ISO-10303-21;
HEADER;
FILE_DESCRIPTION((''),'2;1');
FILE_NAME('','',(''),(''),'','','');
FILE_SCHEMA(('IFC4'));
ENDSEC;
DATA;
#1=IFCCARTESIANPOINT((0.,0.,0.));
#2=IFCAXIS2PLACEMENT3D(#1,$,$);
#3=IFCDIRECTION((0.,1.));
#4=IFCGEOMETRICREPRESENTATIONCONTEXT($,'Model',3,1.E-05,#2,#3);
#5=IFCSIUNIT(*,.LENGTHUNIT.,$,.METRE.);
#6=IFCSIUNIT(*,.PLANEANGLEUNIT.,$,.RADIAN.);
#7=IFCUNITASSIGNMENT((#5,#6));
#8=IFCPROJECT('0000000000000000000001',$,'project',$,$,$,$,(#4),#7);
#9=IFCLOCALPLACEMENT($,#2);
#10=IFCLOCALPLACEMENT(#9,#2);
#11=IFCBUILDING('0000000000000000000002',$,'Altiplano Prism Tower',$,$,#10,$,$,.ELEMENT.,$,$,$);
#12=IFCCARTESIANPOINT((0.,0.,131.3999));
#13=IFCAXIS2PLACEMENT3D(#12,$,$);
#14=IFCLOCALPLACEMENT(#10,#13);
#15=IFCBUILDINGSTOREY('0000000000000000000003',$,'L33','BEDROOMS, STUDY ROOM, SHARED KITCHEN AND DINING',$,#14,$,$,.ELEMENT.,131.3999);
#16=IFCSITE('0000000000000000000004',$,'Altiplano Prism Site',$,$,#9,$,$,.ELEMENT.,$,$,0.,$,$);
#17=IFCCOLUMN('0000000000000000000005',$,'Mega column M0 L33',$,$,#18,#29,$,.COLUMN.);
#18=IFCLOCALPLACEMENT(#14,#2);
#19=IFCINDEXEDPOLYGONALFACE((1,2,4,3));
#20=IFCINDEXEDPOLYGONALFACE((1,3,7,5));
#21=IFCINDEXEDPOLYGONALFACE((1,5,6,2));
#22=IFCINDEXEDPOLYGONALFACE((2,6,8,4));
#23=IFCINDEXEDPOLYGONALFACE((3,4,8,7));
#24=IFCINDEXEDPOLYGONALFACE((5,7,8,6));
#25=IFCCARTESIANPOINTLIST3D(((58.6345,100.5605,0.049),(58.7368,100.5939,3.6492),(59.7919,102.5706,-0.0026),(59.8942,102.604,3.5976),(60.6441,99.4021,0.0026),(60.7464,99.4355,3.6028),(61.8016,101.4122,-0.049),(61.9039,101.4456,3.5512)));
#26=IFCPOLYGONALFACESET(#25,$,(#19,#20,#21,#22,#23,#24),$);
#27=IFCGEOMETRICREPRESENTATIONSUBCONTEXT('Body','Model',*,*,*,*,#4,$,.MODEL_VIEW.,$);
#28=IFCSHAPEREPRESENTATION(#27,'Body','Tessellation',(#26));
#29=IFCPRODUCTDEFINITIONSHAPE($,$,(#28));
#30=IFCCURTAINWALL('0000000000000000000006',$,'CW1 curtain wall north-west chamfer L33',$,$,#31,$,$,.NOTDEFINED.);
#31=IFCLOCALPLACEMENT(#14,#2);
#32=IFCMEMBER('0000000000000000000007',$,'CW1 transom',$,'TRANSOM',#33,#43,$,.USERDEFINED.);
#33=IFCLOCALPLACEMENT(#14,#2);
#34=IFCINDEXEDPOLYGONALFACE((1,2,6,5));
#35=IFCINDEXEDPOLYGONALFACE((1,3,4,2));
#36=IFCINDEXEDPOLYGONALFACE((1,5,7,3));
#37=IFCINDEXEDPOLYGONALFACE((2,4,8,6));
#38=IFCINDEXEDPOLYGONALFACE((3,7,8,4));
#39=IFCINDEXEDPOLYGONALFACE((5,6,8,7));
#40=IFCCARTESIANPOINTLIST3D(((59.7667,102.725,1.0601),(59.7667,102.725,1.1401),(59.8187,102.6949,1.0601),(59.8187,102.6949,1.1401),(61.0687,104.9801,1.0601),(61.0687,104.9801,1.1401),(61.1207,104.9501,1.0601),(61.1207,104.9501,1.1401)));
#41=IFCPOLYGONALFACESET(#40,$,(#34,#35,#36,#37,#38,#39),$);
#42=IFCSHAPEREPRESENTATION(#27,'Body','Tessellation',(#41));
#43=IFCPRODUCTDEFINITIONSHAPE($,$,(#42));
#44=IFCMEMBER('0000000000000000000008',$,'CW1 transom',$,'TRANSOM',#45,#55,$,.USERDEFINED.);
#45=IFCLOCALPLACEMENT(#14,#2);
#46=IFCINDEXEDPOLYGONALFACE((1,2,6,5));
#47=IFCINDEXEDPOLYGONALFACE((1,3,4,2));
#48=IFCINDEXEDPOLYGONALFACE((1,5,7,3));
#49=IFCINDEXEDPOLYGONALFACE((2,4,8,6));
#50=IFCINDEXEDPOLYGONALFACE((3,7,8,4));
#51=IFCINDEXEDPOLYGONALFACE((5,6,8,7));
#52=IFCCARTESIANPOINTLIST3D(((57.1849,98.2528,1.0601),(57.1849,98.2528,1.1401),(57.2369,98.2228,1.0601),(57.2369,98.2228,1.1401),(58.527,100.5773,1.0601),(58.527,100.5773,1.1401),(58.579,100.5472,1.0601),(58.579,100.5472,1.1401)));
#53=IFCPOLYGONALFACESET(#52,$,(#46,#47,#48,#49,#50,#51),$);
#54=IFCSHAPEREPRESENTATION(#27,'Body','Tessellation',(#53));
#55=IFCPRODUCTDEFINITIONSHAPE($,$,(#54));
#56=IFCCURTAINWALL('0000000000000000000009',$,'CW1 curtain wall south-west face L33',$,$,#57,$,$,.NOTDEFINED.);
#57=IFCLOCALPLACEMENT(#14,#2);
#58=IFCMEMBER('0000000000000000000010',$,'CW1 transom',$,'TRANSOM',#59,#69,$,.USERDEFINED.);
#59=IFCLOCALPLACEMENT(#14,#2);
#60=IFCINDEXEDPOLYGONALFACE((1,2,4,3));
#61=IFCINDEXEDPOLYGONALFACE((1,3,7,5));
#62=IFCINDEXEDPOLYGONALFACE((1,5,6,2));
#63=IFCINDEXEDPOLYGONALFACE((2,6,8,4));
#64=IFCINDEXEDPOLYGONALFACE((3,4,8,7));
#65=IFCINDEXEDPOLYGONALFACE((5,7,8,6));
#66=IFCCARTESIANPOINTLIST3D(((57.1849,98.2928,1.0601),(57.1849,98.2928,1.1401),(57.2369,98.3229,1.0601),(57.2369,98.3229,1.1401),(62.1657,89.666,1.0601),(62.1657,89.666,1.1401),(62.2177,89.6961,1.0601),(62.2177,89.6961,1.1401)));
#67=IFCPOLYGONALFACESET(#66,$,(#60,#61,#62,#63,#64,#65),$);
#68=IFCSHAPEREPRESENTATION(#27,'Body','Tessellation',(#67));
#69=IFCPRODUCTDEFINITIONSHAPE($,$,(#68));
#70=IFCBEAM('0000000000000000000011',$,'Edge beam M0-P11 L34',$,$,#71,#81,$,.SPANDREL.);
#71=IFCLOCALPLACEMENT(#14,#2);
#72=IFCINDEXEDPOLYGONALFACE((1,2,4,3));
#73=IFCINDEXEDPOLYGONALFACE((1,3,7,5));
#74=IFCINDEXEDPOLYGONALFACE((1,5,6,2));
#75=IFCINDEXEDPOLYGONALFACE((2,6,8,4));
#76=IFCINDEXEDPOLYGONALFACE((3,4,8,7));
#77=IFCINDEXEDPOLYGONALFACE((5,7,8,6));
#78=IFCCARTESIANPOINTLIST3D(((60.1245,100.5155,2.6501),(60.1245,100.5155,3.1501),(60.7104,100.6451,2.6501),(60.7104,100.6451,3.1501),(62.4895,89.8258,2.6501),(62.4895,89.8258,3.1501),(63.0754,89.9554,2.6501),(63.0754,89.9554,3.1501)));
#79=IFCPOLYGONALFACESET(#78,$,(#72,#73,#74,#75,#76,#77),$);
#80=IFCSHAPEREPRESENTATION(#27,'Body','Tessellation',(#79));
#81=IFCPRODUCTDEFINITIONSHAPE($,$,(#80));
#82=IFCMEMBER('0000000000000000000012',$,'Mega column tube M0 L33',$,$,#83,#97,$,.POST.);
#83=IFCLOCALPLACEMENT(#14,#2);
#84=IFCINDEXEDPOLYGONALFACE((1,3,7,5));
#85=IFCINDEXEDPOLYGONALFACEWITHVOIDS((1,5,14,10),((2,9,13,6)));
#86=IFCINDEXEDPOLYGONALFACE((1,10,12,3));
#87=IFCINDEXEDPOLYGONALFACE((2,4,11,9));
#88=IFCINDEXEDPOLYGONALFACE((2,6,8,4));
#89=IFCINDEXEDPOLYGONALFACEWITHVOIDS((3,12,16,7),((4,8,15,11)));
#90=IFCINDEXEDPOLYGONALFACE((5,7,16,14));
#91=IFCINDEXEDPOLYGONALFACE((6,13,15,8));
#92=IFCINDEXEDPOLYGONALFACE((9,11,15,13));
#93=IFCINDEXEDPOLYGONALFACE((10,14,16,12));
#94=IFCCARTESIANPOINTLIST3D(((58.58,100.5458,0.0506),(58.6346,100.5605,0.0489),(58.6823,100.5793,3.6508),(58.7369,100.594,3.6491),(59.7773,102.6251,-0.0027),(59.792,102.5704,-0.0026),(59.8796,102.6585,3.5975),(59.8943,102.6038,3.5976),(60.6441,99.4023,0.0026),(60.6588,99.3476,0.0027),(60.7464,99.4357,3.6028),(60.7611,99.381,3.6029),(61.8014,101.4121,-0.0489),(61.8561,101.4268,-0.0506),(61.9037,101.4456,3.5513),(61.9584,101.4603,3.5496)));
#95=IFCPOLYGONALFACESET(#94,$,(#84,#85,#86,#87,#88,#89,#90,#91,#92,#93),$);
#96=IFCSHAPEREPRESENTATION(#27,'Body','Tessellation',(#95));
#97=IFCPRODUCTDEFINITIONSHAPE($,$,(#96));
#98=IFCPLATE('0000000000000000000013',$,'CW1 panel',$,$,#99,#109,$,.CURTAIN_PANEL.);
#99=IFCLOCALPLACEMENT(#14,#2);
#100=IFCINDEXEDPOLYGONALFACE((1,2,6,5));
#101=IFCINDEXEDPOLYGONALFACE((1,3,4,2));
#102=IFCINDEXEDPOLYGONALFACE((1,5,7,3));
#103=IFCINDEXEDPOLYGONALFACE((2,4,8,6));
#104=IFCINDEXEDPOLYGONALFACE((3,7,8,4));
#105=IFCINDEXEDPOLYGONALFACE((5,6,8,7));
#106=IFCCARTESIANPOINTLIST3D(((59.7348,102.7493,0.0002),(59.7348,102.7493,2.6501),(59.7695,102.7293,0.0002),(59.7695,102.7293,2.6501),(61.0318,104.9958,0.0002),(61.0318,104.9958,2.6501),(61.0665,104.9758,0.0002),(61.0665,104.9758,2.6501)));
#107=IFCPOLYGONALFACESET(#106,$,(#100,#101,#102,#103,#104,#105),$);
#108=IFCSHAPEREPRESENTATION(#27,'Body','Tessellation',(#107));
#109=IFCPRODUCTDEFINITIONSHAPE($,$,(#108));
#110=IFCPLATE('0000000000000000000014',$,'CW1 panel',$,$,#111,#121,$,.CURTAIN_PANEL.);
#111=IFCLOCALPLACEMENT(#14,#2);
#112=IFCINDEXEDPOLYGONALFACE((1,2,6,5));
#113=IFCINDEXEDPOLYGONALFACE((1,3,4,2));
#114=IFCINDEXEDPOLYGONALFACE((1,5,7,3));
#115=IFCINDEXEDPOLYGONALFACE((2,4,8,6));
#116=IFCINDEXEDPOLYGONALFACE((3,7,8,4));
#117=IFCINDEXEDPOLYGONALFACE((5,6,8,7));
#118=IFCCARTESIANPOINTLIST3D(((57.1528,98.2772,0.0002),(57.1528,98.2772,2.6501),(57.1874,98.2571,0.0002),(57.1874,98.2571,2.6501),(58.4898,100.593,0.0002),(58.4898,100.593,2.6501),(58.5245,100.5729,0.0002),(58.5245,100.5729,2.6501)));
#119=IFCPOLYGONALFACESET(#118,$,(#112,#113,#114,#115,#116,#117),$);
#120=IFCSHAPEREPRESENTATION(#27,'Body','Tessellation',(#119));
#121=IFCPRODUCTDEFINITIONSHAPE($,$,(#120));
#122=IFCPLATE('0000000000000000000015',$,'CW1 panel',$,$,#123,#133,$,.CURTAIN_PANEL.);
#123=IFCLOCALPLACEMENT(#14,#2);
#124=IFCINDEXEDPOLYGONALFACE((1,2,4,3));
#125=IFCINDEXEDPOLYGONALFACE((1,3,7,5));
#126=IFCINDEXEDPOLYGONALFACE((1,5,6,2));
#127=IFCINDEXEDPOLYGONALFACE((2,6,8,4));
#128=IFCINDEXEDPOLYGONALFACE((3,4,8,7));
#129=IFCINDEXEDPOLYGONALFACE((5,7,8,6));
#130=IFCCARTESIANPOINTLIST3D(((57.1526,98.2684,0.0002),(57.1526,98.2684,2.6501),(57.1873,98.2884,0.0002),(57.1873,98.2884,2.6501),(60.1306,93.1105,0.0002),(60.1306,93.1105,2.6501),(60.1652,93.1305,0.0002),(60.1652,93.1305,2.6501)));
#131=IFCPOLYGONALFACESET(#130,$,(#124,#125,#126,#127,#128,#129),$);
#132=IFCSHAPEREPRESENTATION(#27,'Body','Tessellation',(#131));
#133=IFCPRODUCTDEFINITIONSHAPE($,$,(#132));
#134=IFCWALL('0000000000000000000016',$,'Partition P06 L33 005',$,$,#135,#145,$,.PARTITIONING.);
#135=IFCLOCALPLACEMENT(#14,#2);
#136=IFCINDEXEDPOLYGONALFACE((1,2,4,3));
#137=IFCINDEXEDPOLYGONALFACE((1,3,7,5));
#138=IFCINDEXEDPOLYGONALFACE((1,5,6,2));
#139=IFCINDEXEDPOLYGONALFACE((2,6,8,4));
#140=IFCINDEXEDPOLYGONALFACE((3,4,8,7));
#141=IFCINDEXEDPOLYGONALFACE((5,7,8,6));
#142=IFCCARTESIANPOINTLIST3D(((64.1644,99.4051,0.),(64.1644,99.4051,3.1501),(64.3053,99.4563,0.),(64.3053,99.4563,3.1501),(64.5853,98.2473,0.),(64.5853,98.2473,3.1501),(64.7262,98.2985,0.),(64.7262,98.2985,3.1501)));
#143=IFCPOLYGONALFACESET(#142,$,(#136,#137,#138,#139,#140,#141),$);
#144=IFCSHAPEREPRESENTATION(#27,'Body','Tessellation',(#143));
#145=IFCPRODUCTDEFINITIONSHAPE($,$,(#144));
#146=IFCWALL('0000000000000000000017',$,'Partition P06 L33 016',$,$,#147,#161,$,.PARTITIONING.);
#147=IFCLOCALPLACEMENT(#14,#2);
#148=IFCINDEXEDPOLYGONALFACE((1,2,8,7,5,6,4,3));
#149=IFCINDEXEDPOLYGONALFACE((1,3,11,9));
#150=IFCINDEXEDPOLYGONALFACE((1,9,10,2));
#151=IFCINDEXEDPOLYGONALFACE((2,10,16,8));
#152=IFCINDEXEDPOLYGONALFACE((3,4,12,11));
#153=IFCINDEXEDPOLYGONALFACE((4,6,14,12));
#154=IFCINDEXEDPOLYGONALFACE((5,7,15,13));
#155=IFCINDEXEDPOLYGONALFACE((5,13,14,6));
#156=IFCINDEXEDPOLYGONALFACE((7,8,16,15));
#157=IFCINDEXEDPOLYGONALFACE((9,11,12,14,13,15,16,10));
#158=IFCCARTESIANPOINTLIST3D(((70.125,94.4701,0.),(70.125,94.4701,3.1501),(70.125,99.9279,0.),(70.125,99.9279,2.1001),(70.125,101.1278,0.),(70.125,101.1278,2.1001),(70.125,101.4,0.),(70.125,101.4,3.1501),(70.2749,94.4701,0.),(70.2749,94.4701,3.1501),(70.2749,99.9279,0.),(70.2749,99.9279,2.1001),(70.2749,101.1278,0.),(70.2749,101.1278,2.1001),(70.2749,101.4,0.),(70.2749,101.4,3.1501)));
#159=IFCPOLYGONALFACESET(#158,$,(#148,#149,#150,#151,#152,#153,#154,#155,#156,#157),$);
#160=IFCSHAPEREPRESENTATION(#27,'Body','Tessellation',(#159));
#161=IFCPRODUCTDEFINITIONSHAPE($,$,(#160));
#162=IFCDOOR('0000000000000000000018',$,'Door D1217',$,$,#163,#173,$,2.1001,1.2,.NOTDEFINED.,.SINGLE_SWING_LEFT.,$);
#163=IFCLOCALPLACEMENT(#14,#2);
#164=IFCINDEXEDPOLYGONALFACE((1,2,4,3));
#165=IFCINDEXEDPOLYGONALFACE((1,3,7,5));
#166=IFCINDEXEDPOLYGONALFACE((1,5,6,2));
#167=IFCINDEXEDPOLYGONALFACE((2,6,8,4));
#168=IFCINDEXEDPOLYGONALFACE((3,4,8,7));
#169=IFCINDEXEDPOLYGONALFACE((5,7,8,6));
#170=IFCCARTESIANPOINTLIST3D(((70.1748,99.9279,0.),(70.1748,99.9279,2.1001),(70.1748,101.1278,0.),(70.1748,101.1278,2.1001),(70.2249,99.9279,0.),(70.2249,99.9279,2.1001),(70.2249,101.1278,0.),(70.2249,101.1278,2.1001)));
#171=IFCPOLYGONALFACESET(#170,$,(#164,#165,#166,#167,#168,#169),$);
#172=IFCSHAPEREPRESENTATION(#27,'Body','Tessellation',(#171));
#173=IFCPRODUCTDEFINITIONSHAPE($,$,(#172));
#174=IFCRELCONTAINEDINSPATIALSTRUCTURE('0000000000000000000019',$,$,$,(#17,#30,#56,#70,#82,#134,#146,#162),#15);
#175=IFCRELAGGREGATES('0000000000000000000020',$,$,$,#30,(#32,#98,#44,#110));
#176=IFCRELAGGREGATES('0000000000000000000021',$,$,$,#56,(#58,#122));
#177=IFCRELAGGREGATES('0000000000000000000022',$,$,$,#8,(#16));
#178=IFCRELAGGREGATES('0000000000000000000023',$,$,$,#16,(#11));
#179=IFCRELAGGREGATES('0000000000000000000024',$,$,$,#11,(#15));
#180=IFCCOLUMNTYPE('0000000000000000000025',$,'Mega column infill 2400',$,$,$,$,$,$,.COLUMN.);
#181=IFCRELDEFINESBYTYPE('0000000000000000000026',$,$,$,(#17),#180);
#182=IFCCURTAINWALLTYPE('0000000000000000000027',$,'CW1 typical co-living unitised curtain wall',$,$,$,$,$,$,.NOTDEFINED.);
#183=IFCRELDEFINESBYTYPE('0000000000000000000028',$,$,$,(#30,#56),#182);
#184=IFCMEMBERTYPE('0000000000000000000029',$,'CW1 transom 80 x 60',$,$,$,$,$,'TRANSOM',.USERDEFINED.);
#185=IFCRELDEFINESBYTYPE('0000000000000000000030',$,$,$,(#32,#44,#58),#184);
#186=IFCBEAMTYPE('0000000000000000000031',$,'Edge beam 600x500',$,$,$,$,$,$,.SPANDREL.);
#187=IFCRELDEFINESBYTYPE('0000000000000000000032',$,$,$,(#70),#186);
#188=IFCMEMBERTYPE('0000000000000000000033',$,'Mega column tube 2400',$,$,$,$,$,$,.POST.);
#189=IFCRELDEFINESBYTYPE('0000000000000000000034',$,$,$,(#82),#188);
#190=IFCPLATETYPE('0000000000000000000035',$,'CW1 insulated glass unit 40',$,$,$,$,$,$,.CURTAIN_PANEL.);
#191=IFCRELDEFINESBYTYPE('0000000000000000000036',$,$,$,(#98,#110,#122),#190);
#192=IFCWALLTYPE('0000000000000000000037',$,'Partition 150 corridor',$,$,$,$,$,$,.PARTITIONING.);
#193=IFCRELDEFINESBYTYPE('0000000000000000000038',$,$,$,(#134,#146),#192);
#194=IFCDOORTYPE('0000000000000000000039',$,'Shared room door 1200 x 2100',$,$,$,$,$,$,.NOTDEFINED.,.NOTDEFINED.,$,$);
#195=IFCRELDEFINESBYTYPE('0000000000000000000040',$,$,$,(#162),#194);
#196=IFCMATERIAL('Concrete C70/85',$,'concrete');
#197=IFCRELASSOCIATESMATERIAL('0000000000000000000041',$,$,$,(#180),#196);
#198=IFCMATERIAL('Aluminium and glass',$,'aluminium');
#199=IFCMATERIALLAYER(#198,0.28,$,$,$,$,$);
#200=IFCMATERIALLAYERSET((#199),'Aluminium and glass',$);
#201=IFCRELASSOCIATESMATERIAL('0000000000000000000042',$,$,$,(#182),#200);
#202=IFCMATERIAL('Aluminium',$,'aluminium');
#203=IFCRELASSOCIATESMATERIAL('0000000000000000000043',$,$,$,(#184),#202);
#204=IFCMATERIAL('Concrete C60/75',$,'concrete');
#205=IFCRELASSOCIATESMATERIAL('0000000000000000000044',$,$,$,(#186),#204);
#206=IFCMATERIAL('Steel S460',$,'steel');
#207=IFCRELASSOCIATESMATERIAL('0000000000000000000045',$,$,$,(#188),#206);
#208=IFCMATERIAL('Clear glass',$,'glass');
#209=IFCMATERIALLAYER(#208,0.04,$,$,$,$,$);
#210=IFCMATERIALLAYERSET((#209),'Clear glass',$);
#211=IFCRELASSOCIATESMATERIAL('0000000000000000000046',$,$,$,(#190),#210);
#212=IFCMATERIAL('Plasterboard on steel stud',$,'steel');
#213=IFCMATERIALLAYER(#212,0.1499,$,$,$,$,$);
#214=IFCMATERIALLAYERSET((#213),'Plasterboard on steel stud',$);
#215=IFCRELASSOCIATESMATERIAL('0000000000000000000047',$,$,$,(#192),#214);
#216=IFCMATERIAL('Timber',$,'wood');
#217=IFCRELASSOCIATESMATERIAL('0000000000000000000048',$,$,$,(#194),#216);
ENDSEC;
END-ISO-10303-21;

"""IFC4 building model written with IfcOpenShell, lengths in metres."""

from ifc_helpers import new_model, si_unit, direction, frame, frame_2d, origin, origin_2d, place, context, subcontext, project, spatial, rectangle, hollow_rectangle, extrude, material, layer, layer_set, material_profile, profile_set, type_object, element, fill, aggregate, save


model = new_model("IFC4")

# Units and contexts
model_context = context("Model", 3, precision=1e-05, world=origin(), true_north=direction((0.0, 1.0)))
body_context = subcontext(model_context, "Body", "Model", "MODEL_VIEW")
ifc_project = project(units=[si_unit("LENGTHUNIT", "METRE"), si_unit("PLANEANGLEUNIT", "RADIAN")], contexts=[model_context])

# Site, building, storey
site_placement = place(None, origin())
site = spatial("IfcSite", under=ifc_project, at=site_placement, Name="Altiplano Prism Site", CompositionType="ELEMENT", RefElevation=0.0)
building_placement = place(site_placement, origin())
building = spatial("IfcBuilding", under=site, at=building_placement, Name="Altiplano Prism Tower", CompositionType="ELEMENT")
storey_placement = place(building_placement, frame((0.0, 0.0, 131.3999)))
storey = spatial("IfcBuildingStorey", under=building, at=storey_placement, Name="L33", Description="BEDROOMS, STUDY ROOM, SHARED KITCHEN AND DINING", CompositionType="ELEMENT", Elevation=131.3999)

# Column
ifc_material_1 = material(Name="Concrete C70/85", Category="concrete")
ifc_material_profile_1 = material_profile(ifc_material_1, rectangle(XDim=2.3201, YDim=2.3201, at=origin_2d()), Name="Mega column infill 2400")
ifc_profile_set_1 = profile_set([ifc_material_profile_1], Name="Concrete C70/85")
column_type = type_object("IfcColumnType", Name="Mega column infill 2400", PredefinedType="COLUMN", material=ifc_profile_set_1)
column_placement = place(storey_placement, frame((60.218, 100.9863, 0.0), z_axis=(0.028402, 0.009287, 0.999553), x_axis=(-0.866202, 0.499295, 0.019974)))
element("IfcColumn", 1, at=column_placement, inside=storey, type_object=column_type, Name="Mega column M0 L33", PredefinedType="COLUMN", context=body_context, shape_type="SweptSolid", body=[
    extrude(rectangle(XDim=2.3201, YDim=2.3201, at=origin_2d()), origin(), (0.0, 0.0, 1.0), 3.6018),
])

# Curtain wall, members
ifc_material_2 = material(Name="Aluminium and glass", Category="aluminium")
ifc_layer_1 = layer(ifc_material_2, 0.28)
ifc_layer_set_1 = layer_set([ifc_layer_1], Name="Aluminium and glass")
curtain_wall_type = type_object("IfcCurtainWallType", Name="CW1 typical co-living unitised curtain wall", PredefinedType="NOTDEFINED", material=ifc_layer_set_1)
curtain_wall_1_placement = place(storey_placement, origin())
curtain_wall_1 = element("IfcCurtainWall", 2, at=curtain_wall_1_placement, inside=storey, type_object=curtain_wall_type, Name="CW1 curtain wall north-west chamfer L33", PredefinedType="NOTDEFINED")
ifc_material_3 = material(Name="Aluminium", Category="aluminium")
ifc_material_profile_2 = material_profile(ifc_material_3, rectangle(XDim=0.0601, YDim=0.0801, at=origin_2d()), Name="CW1 transom 80 x 60")
ifc_profile_set_2 = profile_set([ifc_material_profile_2], Name="Aluminium")
member_type_1 = type_object("IfcMemberType", Name="CW1 transom 80 x 60", ElementType="TRANSOM", PredefinedType="USERDEFINED", material=ifc_profile_set_2)
member_1_placement = place(storey_placement, frame((61.0947, 104.9651, 1.1001), z_axis=(-0.500001, -0.866025, 0.0), x_axis=(0.866025, -0.500001, 0.0)))
member_1 = element("IfcMember", 3, at=member_1_placement, type_object=member_type_1, Name="CW1 transom", ObjectType="TRANSOM", PredefinedType="USERDEFINED", context=body_context, shape_type="SweptSolid", body=[
    extrude(rectangle(XDim=0.0601, YDim=0.0801, at=origin_2d()), origin(), (0.0, 0.0, 1.0), 2.604),
])
member_2_placement = place(storey_placement, frame((58.553, 100.5623, 1.1001), z_axis=(-0.500003, -0.866024, 0.0), x_axis=(0.866024, -0.500003, 0.0)))
member_2 = element("IfcMember", 4, at=member_2_placement, type_object=member_type_1, Name="CW1 transom", ObjectType="TRANSOM", PredefinedType="USERDEFINED", context=body_context, shape_type="SweptSolid", body=[
    extrude(rectangle(XDim=0.0601, YDim=0.0801, at=origin_2d()), origin(), (0.0, 0.0, 1.0), 2.6841),
])

# Curtain wall, member
curtain_wall_2_placement = place(storey_placement, origin())
curtain_wall_2 = element("IfcCurtainWall", 5, at=curtain_wall_2_placement, inside=storey, type_object=curtain_wall_type, Name="CW1 curtain wall south-west face L33", PredefinedType="NOTDEFINED")
member_3_placement = place(storey_placement, frame((57.2109, 98.3079, 1.1001), z_axis=(0.500006, -0.866022, 0.0), x_axis=(0.866022, 0.500006, 0.0)))
member_3 = element("IfcMember", 6, at=member_3_placement, type_object=member_type_1, Name="CW1 transom", ObjectType="TRANSOM", PredefinedType="USERDEFINED", context=body_context, shape_type="SweptSolid", body=[
    extrude(rectangle(XDim=0.0601, YDim=0.0801, at=origin_2d()), origin(), (0.0, 0.0, 1.0), 9.9614),
])

# Beam
ifc_material_4 = material(Name="Concrete C60/75", Category="concrete")
ifc_material_profile_3 = material_profile(ifc_material_4, rectangle(XDim=0.6001, YDim=0.5, at=origin_2d()), Name="Edge beam 600x500")
ifc_profile_set_3 = profile_set([ifc_material_profile_3], Name="Concrete C60/75")
beam_type = type_object("IfcBeamType", Name="Edge beam 600x500", PredefinedType="SPANDREL", material=ifc_profile_set_3)
beam_placement = place(storey_placement, frame((60.4175, 100.5803, 2.9001), z_axis=(0.216017, -0.97639, 0.0), x_axis=(0.97639, 0.216017, 0.0)))
element("IfcBeam", 7, at=beam_placement, inside=storey, type_object=beam_type, Name="Edge beam M0-P11 L34", PredefinedType="SPANDREL", context=body_context, shape_type="SweptSolid", body=[
    extrude(rectangle(XDim=0.6001, YDim=0.5, at=origin_2d()), origin(), (0.0, 0.0, 1.0), 10.9482),
])

# Member
ifc_material_5 = material(Name="Steel S460", Category="steel")
ifc_material_profile_4 = material_profile(ifc_material_5, hollow_rectangle(XDim=2.3999, YDim=2.3999, WallThickness=0.04, at=origin_2d()), Name="Mega column tube 2400")
ifc_profile_set_4 = profile_set([ifc_material_profile_4], Name="Steel S460")
member_type_2 = type_object("IfcMemberType", Name="Mega column tube 2400", PredefinedType="POST", material=ifc_profile_set_4)
member_4_placement = place(storey_placement, frame((60.218, 100.9863, 0.0), z_axis=(0.028402, 0.009287, 0.999553), x_axis=(-0.866202, 0.499295, 0.019974)))
element("IfcMember", 8, at=member_4_placement, inside=storey, type_object=member_type_2, Name="Mega column tube M0 L33", PredefinedType="POST", context=body_context, shape_type="SweptSolid", body=[
    extrude(hollow_rectangle(XDim=2.3999, YDim=2.3999, WallThickness=0.04, at=origin_2d()), origin(), (0.0, 0.0, 1.0), 3.6018),
])

# Plates
ifc_material_6 = material(Name="Clear glass", Category="glass")
ifc_layer_2 = layer(ifc_material_6, 0.04)
ifc_layer_set_2 = layer_set([ifc_layer_2], Name="Clear glass")
plate_type = type_object("IfcPlateType", Name="CW1 insulated glass unit 40", PredefinedType="CURTAIN_PANEL", material=ifc_layer_set_2)
plate_1_placement = place(storey_placement, frame((60.4006, 103.8625, 0.0002), z_axis=(0.0, 0.0, 1.0), x_axis=(-0.5, -0.866025, 0.0)))
plate_1 = element("IfcPlate", 9, at=plate_1_placement, type_object=plate_type, Name="CW1 panel", PredefinedType="CURTAIN_PANEL", context=body_context, shape_type="SweptSolid", body=[
    extrude(rectangle(XDim=2.594, YDim=0.04, at=origin_2d()), origin(), (0.0, 0.0, 1.0), 2.6499),
])
plate_2_placement = place(storey_placement, frame((57.8386, 99.425, 0.0002), z_axis=(0.0, 0.0, 1.0), x_axis=(-0.5, -0.866025, 0.0)))
plate_2 = element("IfcPlate", 10, at=plate_2_placement, type_object=plate_type, Name="CW1 panel", PredefinedType="CURTAIN_PANEL", context=body_context, shape_type="SweptSolid", body=[
    extrude(rectangle(XDim=2.6741, YDim=0.04, at=origin_2d()), origin(), (0.0, 0.0, 1.0), 2.6499),
])
aggregate(curtain_wall_1, [member_1, plate_1, member_2, plate_2])
plate_3_placement = place(storey_placement, frame((58.6589, 95.6995, 0.0002), z_axis=(0.0, 0.0, 1.0), x_axis=(0.5, -0.866025, 0.0)))
plate_3 = element("IfcPlate", 11, at=plate_3_placement, type_object=plate_type, Name="CW1 panel", PredefinedType="CURTAIN_PANEL", context=body_context, shape_type="SweptSolid", body=[
    extrude(rectangle(XDim=5.9558, YDim=0.04, at=origin_2d()), origin(), (0.0, 0.0, 1.0), 2.6499),
])
aggregate(curtain_wall_2, [member_3, plate_3])

# Wall
ifc_material_7 = material(Name="Plasterboard on steel stud", Category="steel")
ifc_layer_3 = layer(ifc_material_7, 0.1499)
ifc_layer_set_3 = layer_set([ifc_layer_3], Name="Plasterboard on steel stud")
wall_type_1 = type_object("IfcWallType", Name="Partition 150 corridor", PredefinedType="PARTITIONING", material=ifc_layer_set_3)
wall_1_placement = place(storey_placement, frame((64.2349, 99.4307, 0.0), z_axis=(0.0, 0.0, 1.0), x_axis=(0.341679, -0.939817, 0.0)))
element("IfcWall", 12, at=wall_1_placement, inside=storey, type_object=wall_type_1, Name="Partition P06 L33 005", PredefinedType="PARTITIONING", context=body_context, shape_type="SweptSolid", body=[
    extrude(rectangle(XDim=1.2319, YDim=0.1499, at=frame_2d((0.616, 0.0))), origin(), (0.0, 0.0, 1.0), 3.1501),
])

# Shared definitions
ifc_material_8 = material(Name="Timber", Category="wood")
door_type_1 = type_object("IfcDoorType", Name="Shared room door 1200 x 2100", OperationType="NOTDEFINED", PredefinedType="NOTDEFINED", material=ifc_material_8)

# Wall, opening, door
wall_2_placement = place(storey_placement, frame((70.2, 101.3999, 0.0), z_axis=(0.0, 0.0, 1.0), x_axis=(0.0, -1.0, 0.0)))
wall_2 = element("IfcWall", 13, at=wall_2_placement, inside=storey, type_object=wall_type_1, Name="Partition P06 L33 016", PredefinedType="PARTITIONING", context=body_context, shape_type="SweptSolid", body=[
    extrude(rectangle(XDim=6.9299, YDim=0.1499, at=frame_2d((3.4648, 0.0))), origin(), (0.0, 0.0, 1.0), 3.1501),
])
opening_1_placement = place(wall_2_placement, frame((0.272, 0.0, 0.0)))
opening_1 = element("IfcOpeningElement", 14, at=opening_1_placement, cuts=wall_2, PredefinedType="OPENING", context=body_context, shape_type="SweptSolid", body=[
    extrude(rectangle(XDim=1.2, YDim=2.1001, at=frame_2d((0.6001, 1.05))), frame((0.0, 0.0854, 0.0), z_axis=(0.0, -1.0, 0.0), x_axis=(1.0, 0.0, 0.0)), (0.0, 0.0, 1.0), 0.1709),
])
door_1_placement = place(opening_1_placement, origin())
door_1 = element("IfcDoor", 15, at=door_1_placement, inside=storey, type_object=door_type_1, Name="Door D1217", OperationType="SINGLE_SWING_LEFT", OverallHeight=2.1001, OverallWidth=1.2, PredefinedType="NOTDEFINED", context=body_context, shape_type="SweptSolid", body=[
    extrude(rectangle(XDim=1.2, YDim=2.1001, at=frame_2d((0.6001, 1.05))), frame((0.0, 0.0249, 0.0), z_axis=(0.0, -1.0, 0.0), x_axis=(1.0, 0.0, 0.0)), (0.0, 0.0, 1.0), 0.05),
])
fill(opening_1, door_1)

save(model, "model.ifc")
